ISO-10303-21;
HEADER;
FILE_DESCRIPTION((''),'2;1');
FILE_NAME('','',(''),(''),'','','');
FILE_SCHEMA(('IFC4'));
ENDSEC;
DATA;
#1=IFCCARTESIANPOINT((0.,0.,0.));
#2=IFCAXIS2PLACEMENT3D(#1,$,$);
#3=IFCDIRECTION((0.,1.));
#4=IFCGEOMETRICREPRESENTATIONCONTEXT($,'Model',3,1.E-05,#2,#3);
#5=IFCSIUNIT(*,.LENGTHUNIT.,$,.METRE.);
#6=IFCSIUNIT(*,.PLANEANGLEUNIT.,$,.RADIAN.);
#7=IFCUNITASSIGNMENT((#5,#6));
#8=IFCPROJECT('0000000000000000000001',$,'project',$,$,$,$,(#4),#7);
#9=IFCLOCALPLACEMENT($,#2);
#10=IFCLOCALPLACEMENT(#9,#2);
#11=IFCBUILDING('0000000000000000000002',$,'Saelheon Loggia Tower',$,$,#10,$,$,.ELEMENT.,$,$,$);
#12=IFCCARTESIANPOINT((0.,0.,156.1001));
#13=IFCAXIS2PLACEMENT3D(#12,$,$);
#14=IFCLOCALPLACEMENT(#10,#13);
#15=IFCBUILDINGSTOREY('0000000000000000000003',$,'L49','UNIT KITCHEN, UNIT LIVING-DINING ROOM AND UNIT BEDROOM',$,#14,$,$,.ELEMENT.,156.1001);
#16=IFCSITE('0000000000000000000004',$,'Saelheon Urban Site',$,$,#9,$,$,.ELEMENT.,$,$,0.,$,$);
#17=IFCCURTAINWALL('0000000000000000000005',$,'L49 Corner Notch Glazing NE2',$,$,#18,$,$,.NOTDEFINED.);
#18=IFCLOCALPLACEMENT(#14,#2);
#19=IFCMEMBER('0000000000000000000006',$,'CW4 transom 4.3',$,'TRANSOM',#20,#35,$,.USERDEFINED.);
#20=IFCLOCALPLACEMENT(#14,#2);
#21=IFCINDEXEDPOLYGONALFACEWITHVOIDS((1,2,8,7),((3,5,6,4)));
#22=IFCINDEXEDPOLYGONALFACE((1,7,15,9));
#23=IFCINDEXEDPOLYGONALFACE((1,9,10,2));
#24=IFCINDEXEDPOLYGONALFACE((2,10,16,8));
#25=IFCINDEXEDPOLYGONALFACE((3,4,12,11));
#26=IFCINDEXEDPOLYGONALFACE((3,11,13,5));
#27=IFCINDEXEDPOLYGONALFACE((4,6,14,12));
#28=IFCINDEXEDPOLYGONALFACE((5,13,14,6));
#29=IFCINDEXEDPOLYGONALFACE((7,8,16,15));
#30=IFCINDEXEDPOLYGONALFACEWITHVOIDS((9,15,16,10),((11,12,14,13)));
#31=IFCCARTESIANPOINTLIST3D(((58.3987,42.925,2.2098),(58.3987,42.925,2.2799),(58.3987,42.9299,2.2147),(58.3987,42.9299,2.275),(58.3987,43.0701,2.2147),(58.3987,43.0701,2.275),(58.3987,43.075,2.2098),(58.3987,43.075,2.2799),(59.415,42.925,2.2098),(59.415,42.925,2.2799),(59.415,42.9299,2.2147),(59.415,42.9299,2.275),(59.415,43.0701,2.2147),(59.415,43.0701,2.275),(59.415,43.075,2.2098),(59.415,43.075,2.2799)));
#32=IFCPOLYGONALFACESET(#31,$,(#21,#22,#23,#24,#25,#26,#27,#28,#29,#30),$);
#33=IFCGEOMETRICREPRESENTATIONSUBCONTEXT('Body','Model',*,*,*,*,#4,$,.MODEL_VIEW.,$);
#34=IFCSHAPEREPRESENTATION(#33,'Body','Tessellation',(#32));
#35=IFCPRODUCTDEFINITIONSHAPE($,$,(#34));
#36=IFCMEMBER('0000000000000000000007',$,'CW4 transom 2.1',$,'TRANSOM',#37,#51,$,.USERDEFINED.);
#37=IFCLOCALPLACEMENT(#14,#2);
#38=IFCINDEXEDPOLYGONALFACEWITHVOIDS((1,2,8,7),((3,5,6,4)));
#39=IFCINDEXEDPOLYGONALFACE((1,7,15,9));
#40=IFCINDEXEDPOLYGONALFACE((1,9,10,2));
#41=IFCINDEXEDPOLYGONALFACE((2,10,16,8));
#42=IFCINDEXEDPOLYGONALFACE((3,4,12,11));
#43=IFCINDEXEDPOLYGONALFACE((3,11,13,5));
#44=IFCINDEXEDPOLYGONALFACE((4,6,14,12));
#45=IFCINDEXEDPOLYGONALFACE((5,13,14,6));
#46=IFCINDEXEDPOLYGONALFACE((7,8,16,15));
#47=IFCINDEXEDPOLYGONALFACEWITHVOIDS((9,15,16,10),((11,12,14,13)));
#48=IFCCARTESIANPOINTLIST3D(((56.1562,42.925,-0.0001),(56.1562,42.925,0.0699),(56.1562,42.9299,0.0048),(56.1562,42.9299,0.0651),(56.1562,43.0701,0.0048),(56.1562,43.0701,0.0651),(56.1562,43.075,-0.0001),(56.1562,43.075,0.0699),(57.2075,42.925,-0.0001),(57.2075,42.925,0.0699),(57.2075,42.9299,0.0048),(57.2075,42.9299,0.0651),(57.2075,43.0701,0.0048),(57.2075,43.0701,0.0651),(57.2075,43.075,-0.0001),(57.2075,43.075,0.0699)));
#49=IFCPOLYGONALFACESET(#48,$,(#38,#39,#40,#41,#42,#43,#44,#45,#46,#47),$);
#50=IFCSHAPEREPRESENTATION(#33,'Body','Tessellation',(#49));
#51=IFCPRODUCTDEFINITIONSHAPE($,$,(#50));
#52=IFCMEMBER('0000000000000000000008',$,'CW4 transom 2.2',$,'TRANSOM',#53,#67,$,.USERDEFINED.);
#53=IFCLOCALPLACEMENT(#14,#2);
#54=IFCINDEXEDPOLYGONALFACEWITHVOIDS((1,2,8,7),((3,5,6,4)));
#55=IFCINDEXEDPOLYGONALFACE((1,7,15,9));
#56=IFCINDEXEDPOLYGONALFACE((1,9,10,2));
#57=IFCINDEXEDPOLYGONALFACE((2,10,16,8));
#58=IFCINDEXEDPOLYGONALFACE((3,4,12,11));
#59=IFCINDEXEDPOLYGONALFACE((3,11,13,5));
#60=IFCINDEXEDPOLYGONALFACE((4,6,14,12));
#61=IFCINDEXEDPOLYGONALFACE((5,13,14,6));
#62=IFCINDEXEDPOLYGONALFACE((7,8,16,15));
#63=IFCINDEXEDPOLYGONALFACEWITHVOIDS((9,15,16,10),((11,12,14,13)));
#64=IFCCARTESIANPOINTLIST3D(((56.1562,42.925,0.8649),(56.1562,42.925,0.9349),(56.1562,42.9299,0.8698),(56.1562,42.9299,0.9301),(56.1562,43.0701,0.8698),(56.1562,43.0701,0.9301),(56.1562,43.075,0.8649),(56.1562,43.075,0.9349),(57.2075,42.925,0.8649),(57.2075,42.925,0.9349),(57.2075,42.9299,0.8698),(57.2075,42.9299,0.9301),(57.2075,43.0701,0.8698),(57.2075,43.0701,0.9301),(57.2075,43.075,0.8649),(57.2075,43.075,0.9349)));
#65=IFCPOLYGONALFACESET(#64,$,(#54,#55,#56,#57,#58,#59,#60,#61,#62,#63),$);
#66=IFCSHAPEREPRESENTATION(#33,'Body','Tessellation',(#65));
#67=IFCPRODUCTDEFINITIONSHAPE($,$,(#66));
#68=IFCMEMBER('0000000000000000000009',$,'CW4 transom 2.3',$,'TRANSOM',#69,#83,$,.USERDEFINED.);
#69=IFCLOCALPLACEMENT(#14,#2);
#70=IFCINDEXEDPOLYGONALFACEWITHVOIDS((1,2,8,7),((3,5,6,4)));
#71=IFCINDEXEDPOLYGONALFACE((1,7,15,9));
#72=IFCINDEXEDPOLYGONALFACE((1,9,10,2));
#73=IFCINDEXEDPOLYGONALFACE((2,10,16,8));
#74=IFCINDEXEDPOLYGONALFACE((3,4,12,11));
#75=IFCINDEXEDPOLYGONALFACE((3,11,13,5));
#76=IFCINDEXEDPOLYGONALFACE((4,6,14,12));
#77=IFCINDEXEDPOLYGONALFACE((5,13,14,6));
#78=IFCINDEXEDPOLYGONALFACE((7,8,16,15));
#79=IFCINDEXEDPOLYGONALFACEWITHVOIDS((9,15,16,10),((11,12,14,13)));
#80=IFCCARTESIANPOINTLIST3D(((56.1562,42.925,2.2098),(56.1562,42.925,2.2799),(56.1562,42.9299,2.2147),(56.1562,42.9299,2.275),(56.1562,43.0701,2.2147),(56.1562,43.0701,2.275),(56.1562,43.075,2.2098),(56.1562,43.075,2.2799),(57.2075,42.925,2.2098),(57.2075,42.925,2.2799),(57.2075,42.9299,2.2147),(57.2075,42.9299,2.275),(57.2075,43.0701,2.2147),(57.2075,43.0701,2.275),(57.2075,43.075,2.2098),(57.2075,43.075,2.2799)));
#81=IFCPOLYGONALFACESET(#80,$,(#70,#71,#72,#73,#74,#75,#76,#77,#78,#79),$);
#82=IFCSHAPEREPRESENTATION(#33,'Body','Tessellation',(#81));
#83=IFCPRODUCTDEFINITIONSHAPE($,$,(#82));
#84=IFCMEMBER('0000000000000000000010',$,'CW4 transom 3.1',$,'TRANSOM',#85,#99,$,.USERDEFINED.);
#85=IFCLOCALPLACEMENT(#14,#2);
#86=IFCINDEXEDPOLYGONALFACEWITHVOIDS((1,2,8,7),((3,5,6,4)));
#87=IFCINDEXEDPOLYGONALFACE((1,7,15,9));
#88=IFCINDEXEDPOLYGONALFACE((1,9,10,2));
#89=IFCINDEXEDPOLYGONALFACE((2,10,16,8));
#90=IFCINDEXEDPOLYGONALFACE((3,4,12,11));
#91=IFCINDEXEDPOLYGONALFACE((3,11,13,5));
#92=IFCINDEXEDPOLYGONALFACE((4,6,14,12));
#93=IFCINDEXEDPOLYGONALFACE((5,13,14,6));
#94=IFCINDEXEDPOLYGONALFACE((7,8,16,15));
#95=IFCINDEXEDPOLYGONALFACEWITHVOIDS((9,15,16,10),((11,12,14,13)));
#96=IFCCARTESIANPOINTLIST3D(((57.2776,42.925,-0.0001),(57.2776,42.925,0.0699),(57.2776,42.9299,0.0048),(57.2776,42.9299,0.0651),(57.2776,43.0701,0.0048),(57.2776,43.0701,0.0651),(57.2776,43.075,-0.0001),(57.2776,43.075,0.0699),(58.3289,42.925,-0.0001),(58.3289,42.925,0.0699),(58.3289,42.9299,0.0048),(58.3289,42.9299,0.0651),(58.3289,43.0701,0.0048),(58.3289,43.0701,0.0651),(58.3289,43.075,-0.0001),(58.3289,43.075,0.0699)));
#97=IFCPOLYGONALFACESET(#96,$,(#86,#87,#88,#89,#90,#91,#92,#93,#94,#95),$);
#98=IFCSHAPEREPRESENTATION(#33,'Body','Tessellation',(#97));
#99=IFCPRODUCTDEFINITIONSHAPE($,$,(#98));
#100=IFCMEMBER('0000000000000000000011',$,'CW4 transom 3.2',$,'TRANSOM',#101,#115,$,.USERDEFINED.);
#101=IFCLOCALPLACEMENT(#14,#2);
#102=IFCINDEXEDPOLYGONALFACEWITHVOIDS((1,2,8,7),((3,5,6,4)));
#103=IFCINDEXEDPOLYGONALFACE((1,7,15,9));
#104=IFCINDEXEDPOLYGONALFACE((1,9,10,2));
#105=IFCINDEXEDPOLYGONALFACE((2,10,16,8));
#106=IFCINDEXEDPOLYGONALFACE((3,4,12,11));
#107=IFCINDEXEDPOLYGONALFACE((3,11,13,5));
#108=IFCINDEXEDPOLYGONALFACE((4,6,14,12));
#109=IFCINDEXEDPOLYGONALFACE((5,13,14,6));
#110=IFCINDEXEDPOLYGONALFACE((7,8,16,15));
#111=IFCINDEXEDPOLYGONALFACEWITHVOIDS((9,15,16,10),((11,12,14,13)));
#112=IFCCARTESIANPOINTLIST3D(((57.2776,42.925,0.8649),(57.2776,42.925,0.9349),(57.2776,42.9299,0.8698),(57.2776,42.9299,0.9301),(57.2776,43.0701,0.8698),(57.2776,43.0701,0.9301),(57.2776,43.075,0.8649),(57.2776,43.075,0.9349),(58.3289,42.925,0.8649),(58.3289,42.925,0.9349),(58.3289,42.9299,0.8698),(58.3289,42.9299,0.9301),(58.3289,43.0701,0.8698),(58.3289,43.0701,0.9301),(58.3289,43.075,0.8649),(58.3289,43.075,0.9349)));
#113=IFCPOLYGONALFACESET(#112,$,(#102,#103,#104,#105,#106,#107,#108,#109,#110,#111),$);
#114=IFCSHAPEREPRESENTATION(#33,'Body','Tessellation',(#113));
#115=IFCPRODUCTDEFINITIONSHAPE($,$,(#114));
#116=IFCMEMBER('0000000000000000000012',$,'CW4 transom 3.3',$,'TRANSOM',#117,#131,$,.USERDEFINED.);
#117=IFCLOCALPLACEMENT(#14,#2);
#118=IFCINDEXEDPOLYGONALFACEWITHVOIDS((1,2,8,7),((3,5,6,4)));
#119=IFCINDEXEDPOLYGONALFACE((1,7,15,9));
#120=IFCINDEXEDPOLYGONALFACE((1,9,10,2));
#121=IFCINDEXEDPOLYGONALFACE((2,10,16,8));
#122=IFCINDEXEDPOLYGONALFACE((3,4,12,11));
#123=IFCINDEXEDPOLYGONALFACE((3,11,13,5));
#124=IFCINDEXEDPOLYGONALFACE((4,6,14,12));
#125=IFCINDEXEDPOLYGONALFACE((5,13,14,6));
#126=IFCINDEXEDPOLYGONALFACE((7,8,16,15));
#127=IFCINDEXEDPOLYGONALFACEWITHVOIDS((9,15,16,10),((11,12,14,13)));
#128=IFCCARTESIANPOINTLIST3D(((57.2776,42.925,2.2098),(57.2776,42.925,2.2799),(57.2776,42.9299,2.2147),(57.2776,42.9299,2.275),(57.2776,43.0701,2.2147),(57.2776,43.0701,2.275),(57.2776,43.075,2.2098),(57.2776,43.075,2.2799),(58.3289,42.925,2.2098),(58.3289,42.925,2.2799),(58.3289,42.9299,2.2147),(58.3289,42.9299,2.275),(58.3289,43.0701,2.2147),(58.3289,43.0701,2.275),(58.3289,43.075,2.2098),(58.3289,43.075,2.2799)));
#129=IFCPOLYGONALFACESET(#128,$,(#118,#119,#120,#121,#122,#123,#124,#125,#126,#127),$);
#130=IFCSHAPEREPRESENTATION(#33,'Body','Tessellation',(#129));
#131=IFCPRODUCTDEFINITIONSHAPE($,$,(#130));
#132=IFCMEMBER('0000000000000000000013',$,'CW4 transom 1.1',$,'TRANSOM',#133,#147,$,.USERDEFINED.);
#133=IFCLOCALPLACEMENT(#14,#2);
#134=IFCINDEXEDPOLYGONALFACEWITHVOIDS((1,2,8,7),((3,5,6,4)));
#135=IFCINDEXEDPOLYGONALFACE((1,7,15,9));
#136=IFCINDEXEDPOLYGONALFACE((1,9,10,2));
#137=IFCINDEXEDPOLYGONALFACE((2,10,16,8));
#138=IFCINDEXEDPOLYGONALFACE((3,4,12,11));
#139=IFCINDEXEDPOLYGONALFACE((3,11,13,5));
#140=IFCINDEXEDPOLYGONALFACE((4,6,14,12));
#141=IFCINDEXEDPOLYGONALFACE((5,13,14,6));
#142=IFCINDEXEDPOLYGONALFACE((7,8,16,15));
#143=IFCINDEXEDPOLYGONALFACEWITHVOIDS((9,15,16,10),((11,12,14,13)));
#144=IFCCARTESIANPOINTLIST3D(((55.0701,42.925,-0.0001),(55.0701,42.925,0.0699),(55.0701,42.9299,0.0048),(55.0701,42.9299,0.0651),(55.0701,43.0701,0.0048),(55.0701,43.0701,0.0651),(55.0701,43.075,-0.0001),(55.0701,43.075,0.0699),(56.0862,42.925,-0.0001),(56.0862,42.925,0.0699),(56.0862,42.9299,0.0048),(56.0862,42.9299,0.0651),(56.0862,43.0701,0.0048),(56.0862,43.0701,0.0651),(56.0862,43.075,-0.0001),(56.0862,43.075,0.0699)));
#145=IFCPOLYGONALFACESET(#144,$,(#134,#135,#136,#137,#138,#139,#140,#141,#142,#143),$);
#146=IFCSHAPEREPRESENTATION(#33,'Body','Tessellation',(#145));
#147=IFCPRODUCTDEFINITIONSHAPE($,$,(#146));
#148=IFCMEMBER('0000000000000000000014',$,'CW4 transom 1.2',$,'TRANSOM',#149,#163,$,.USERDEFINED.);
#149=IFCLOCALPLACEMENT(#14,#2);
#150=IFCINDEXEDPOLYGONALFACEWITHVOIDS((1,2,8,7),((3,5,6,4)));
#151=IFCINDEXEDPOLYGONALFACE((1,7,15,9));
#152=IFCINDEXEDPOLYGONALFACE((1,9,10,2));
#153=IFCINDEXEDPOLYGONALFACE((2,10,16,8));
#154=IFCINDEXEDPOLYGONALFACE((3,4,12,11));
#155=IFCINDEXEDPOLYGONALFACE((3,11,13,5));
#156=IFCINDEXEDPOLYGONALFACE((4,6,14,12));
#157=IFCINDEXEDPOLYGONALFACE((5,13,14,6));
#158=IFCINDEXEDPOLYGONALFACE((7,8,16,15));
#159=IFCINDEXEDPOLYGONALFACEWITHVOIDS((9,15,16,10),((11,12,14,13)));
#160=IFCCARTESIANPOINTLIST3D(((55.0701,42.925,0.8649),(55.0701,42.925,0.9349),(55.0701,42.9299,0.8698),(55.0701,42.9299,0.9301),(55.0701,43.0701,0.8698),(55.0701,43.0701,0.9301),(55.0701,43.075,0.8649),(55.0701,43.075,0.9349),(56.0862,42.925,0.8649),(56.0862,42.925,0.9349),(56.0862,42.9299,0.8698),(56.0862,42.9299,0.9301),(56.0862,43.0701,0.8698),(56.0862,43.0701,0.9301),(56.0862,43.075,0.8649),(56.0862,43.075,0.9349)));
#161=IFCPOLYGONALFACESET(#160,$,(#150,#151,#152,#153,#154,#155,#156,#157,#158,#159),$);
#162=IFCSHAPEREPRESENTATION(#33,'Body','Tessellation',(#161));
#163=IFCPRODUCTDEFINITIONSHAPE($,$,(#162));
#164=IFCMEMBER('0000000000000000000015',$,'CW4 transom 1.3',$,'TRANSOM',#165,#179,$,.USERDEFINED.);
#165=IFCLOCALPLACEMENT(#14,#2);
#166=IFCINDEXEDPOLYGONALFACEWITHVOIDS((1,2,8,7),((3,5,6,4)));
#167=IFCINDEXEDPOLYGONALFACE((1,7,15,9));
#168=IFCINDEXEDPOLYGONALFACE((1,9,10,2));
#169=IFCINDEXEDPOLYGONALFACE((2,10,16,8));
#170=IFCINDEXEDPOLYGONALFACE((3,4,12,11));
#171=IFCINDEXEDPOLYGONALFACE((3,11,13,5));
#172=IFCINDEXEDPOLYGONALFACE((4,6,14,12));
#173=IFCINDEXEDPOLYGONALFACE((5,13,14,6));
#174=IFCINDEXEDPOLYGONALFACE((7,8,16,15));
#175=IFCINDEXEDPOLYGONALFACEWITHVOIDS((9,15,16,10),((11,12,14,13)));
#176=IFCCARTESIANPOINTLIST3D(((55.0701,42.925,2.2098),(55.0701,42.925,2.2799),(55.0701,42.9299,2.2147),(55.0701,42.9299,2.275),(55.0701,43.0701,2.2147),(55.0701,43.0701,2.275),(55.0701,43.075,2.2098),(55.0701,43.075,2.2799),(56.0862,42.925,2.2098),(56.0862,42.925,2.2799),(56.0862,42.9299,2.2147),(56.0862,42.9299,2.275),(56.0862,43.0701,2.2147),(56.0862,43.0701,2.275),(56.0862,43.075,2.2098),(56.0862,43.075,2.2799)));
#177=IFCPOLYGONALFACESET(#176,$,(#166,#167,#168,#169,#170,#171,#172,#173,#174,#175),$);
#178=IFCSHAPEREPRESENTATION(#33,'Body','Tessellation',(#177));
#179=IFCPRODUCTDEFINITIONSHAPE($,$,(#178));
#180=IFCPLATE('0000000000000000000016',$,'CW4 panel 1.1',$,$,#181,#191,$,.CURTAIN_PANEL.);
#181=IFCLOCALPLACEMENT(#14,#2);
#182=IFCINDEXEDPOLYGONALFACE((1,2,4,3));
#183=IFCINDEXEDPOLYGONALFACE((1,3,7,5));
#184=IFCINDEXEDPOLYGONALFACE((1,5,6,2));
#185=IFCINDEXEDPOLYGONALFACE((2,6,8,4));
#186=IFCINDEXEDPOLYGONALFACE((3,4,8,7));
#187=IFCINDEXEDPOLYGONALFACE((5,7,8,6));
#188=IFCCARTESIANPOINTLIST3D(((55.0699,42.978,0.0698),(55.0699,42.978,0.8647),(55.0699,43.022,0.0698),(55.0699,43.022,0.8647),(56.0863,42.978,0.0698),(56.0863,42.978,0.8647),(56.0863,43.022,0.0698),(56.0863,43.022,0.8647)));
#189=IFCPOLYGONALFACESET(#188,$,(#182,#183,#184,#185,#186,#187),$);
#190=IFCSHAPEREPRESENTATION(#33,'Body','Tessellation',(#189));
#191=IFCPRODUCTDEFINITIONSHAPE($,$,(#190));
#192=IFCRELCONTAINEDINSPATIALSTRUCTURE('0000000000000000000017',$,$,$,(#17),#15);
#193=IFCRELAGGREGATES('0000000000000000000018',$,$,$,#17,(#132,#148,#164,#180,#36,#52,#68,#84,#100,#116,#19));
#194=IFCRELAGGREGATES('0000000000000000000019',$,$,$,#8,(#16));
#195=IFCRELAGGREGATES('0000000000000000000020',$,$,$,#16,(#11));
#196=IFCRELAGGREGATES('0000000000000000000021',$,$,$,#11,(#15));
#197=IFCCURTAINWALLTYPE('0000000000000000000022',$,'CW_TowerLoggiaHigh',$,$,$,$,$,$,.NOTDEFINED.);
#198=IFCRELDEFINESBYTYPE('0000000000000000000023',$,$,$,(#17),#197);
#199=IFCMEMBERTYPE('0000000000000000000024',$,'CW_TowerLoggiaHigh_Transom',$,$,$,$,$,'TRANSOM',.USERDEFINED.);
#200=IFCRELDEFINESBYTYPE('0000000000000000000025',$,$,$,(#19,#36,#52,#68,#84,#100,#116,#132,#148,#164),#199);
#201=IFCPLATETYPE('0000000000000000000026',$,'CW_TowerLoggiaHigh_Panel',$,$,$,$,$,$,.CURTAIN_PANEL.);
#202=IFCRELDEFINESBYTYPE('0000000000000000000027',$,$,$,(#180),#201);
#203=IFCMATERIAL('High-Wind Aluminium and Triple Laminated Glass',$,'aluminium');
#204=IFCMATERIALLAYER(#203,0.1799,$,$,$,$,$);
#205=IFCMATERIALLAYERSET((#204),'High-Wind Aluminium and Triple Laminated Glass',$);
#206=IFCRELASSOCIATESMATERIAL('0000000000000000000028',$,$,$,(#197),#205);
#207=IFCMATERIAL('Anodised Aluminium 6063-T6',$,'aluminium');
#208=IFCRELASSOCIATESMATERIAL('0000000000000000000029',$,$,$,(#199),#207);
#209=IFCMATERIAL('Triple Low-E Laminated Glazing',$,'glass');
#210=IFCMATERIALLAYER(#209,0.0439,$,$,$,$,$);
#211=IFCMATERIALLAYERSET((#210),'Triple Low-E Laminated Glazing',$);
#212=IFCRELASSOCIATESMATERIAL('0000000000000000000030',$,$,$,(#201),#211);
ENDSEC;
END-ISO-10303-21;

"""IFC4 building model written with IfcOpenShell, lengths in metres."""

from ifc_helpers import new_model, si_unit, direction, frame, origin, origin_2d, place, context, subcontext, project, spatial, rectangle, hollow_rectangle, extrude, source, transform, mapped, material, layer, layer_set, material_profile, profile_set, type_object, element, aggregate, save


model = new_model("IFC4")

# Units and contexts
model_context = context("Model", 3, precision=1e-05, world=origin(), true_north=direction((0.0, 1.0)))
body_context = subcontext(model_context, "Body", "Model", "MODEL_VIEW")
ifc_project = project(units=[si_unit("LENGTHUNIT", "METRE"), si_unit("PLANEANGLEUNIT", "RADIAN")], contexts=[model_context])

# Site, building, storey
site_placement = place(None, origin())
site = spatial("IfcSite", under=ifc_project, at=site_placement, Name="Saelheon Urban Site", CompositionType="ELEMENT", RefElevation=0.0)
building_placement = place(site_placement, origin())
building = spatial("IfcBuilding", under=site, at=building_placement, Name="Saelheon Loggia Tower", CompositionType="ELEMENT")
storey_placement = place(building_placement, frame((0.0, 0.0, 156.1001)))
storey = spatial("IfcBuildingStorey", under=building, at=storey_placement, Name="L49", Description="UNIT KITCHEN, UNIT LIVING-DINING ROOM AND UNIT BEDROOM", CompositionType="ELEMENT", Elevation=156.1001)

# Curtain wall, members, plate
ifc_material_1 = material(Name="High-Wind Aluminium and Triple Laminated Glass", Category="aluminium")
ifc_layer_1 = layer(ifc_material_1, 0.1799)
ifc_layer_set_1 = layer_set([ifc_layer_1], Name="High-Wind Aluminium and Triple Laminated Glass")
curtain_wall_type = type_object("IfcCurtainWallType", Name="CW_TowerLoggiaHigh", PredefinedType="NOTDEFINED", material=ifc_layer_set_1)
curtain_wall_placement = place(storey_placement, origin())
curtain_wall = element("IfcCurtainWall", 1, at=curtain_wall_placement, inside=storey, type_object=curtain_wall_type, Name="L49 Corner Notch Glazing NE2", PredefinedType="NOTDEFINED")
ifc_material_2 = material(Name="Anodised Aluminium 6063-T6", Category="aluminium")
ifc_material_profile_1 = material_profile(ifc_material_2, hollow_rectangle(XDim=0.0701, YDim=0.1499, WallThickness=0.0049, at=origin_2d()), Name="RHS-150x70x5")
ifc_profile_set_1 = profile_set([ifc_material_profile_1], Name="Anodised Aluminium 6063-T6")
member_type_1 = type_object("IfcMemberType", Name="CW_TowerLoggiaHigh_Transom", ElementType="TRANSOM", PredefinedType="USERDEFINED", material=ifc_profile_set_1)
shared_shape_1 = source(origin(), body_context, "Body", "SweptSolid", [
    extrude(hollow_rectangle(XDim=0.0701, YDim=0.1499, WallThickness=0.0049, at=origin_2d()), origin(), (0.0, 0.0, 1.0), 1.0164),
])
member_1_placement = place(storey_placement, frame((58.3987, 43.0, 2.2449), z_axis=(1.0, 0.0, 0.0), x_axis=(0.0, 0.0, 1.0)))
member_1 = element("IfcMember", 2, at=member_1_placement, type_object=member_type_1, Name="CW4 transom 4.3", ObjectType="TRANSOM", PredefinedType="USERDEFINED", context=body_context, shape_type="MappedRepresentation", body=[
    mapped(shared_shape_1, transform((0.0, 0.0, 0.0), scale=1.0)),
])
shared_shape_2 = source(origin(), body_context, "Body", "SweptSolid", [
    extrude(hollow_rectangle(XDim=0.0701, YDim=0.1499, WallThickness=0.0049, at=origin_2d()), origin(), (0.0, 0.0, 1.0), 1.0513),
])
member_2_placement = place(storey_placement, frame((56.1562, 43.0, 0.0349), z_axis=(1.0, 0.0, 0.0), x_axis=(0.0, 0.0, 1.0)))
member_2 = element("IfcMember", 3, at=member_2_placement, type_object=member_type_1, Name="CW4 transom 2.1", ObjectType="TRANSOM", PredefinedType="USERDEFINED", context=body_context, shape_type="MappedRepresentation", body=[
    mapped(shared_shape_2, transform((0.0, 0.0, 0.0), scale=1.0)),
])
member_3_placement = place(storey_placement, frame((56.1562, 43.0, 0.8999), z_axis=(1.0, 0.0, 0.0), x_axis=(0.0, 0.0, 1.0)))
member_3 = element("IfcMember", 4, at=member_3_placement, type_object=member_type_1, Name="CW4 transom 2.2", ObjectType="TRANSOM", PredefinedType="USERDEFINED", context=body_context, shape_type="MappedRepresentation", body=[
    mapped(shared_shape_2, transform((0.0, 0.0, 0.0), scale=1.0)),
])
member_4_placement = place(storey_placement, frame((56.1562, 43.0, 2.2449), z_axis=(1.0, 0.0, 0.0), x_axis=(0.0, 0.0, 1.0)))
member_4 = element("IfcMember", 5, at=member_4_placement, type_object=member_type_1, Name="CW4 transom 2.3", ObjectType="TRANSOM", PredefinedType="USERDEFINED", context=body_context, shape_type="MappedRepresentation", body=[
    mapped(shared_shape_2, transform((0.0, 0.0, 0.0), scale=1.0)),
])
member_5_placement = place(storey_placement, frame((57.2776, 43.0, 0.0349), z_axis=(1.0, 0.0, 0.0), x_axis=(0.0, 0.0, 1.0)))
member_5 = element("IfcMember", 6, at=member_5_placement, type_object=member_type_1, Name="CW4 transom 3.1", ObjectType="TRANSOM", PredefinedType="USERDEFINED", context=body_context, shape_type="MappedRepresentation", body=[
    mapped(shared_shape_2, transform((0.0, 0.0, 0.0), scale=1.0)),
])
member_6_placement = place(storey_placement, frame((57.2776, 43.0, 0.8999), z_axis=(1.0, 0.0, 0.0), x_axis=(0.0, 0.0, 1.0)))
member_6 = element("IfcMember", 7, at=member_6_placement, type_object=member_type_1, Name="CW4 transom 3.2", ObjectType="TRANSOM", PredefinedType="USERDEFINED", context=body_context, shape_type="MappedRepresentation", body=[
    mapped(shared_shape_2, transform((0.0, 0.0, 0.0), scale=1.0)),
])
member_7_placement = place(storey_placement, frame((57.2776, 43.0, 2.2449), z_axis=(1.0, 0.0, 0.0), x_axis=(0.0, 0.0, 1.0)))
member_7 = element("IfcMember", 8, at=member_7_placement, type_object=member_type_1, Name="CW4 transom 3.3", ObjectType="TRANSOM", PredefinedType="USERDEFINED", context=body_context, shape_type="MappedRepresentation", body=[
    mapped(shared_shape_2, transform((0.0, 0.0, 0.0), scale=1.0)),
])
shared_shape_3 = source(origin(), body_context, "Body", "SweptSolid", [
    extrude(hollow_rectangle(XDim=0.0701, YDim=0.1499, WallThickness=0.0049, at=origin_2d()), origin(), (0.0, 0.0, 1.0), 1.0161),
])
member_8_placement = place(storey_placement, frame((55.0701, 43.0, 0.0349), z_axis=(1.0, 0.0, 0.0), x_axis=(0.0, 0.0, 1.0)))
member_8 = element("IfcMember", 9, at=member_8_placement, type_object=member_type_1, Name="CW4 transom 1.1", ObjectType="TRANSOM", PredefinedType="USERDEFINED", context=body_context, shape_type="MappedRepresentation", body=[
    mapped(shared_shape_3, transform((0.0, 0.0, 0.0), scale=1.0)),
])
member_9_placement = place(storey_placement, frame((55.0701, 43.0, 0.8999), z_axis=(1.0, 0.0, 0.0), x_axis=(0.0, 0.0, 1.0)))
member_9 = element("IfcMember", 10, at=member_9_placement, type_object=member_type_1, Name="CW4 transom 1.2", ObjectType="TRANSOM", PredefinedType="USERDEFINED", context=body_context, shape_type="MappedRepresentation", body=[
    mapped(shared_shape_3, transform((0.0, 0.0, 0.0), scale=1.0)),
])
member_10_placement = place(storey_placement, frame((55.0701, 43.0, 2.2449), z_axis=(1.0, 0.0, 0.0), x_axis=(0.0, 0.0, 1.0)))
member_10 = element("IfcMember", 11, at=member_10_placement, type_object=member_type_1, Name="CW4 transom 1.3", ObjectType="TRANSOM", PredefinedType="USERDEFINED", context=body_context, shape_type="MappedRepresentation", body=[
    mapped(shared_shape_3, transform((0.0, 0.0, 0.0), scale=1.0)),
])
ifc_material_3 = material(Name="Triple Low-E Laminated Glazing", Category="glass")
ifc_layer_2 = layer(ifc_material_3, 0.0439)
ifc_layer_set_2 = layer_set([ifc_layer_2], Name="Triple Low-E Laminated Glazing")
plate_type = type_object("IfcPlateType", Name="CW_TowerLoggiaHigh_Panel", PredefinedType="CURTAIN_PANEL", material=ifc_layer_set_2)
shared_shape_4 = source(origin(), body_context, "Body", "SweptSolid", [
    extrude(rectangle(XDim=1.0164, YDim=0.0439, at=origin_2d()), origin(), (0.0, 0.0, 1.0), 0.7949),
])
plate_1_placement = place(storey_placement, frame((55.5781, 43.0, 0.0698), z_axis=(0.0, 0.0, 1.0), x_axis=(1.0, 0.0, 0.0)))
plate_1 = element("IfcPlate", 12, at=plate_1_placement, type_object=plate_type, Name="CW4 panel 1.1", PredefinedType="CURTAIN_PANEL", context=body_context, shape_type="MappedRepresentation", body=[
    mapped(shared_shape_4, transform((0.0, 0.0, 0.0), scale=1.0)),
])
aggregate(curtain_wall, [member_8, member_9, member_10, plate_1, member_2, member_3, member_4, member_5, member_6, member_7, member_1])

save(model, "model.ifc")
